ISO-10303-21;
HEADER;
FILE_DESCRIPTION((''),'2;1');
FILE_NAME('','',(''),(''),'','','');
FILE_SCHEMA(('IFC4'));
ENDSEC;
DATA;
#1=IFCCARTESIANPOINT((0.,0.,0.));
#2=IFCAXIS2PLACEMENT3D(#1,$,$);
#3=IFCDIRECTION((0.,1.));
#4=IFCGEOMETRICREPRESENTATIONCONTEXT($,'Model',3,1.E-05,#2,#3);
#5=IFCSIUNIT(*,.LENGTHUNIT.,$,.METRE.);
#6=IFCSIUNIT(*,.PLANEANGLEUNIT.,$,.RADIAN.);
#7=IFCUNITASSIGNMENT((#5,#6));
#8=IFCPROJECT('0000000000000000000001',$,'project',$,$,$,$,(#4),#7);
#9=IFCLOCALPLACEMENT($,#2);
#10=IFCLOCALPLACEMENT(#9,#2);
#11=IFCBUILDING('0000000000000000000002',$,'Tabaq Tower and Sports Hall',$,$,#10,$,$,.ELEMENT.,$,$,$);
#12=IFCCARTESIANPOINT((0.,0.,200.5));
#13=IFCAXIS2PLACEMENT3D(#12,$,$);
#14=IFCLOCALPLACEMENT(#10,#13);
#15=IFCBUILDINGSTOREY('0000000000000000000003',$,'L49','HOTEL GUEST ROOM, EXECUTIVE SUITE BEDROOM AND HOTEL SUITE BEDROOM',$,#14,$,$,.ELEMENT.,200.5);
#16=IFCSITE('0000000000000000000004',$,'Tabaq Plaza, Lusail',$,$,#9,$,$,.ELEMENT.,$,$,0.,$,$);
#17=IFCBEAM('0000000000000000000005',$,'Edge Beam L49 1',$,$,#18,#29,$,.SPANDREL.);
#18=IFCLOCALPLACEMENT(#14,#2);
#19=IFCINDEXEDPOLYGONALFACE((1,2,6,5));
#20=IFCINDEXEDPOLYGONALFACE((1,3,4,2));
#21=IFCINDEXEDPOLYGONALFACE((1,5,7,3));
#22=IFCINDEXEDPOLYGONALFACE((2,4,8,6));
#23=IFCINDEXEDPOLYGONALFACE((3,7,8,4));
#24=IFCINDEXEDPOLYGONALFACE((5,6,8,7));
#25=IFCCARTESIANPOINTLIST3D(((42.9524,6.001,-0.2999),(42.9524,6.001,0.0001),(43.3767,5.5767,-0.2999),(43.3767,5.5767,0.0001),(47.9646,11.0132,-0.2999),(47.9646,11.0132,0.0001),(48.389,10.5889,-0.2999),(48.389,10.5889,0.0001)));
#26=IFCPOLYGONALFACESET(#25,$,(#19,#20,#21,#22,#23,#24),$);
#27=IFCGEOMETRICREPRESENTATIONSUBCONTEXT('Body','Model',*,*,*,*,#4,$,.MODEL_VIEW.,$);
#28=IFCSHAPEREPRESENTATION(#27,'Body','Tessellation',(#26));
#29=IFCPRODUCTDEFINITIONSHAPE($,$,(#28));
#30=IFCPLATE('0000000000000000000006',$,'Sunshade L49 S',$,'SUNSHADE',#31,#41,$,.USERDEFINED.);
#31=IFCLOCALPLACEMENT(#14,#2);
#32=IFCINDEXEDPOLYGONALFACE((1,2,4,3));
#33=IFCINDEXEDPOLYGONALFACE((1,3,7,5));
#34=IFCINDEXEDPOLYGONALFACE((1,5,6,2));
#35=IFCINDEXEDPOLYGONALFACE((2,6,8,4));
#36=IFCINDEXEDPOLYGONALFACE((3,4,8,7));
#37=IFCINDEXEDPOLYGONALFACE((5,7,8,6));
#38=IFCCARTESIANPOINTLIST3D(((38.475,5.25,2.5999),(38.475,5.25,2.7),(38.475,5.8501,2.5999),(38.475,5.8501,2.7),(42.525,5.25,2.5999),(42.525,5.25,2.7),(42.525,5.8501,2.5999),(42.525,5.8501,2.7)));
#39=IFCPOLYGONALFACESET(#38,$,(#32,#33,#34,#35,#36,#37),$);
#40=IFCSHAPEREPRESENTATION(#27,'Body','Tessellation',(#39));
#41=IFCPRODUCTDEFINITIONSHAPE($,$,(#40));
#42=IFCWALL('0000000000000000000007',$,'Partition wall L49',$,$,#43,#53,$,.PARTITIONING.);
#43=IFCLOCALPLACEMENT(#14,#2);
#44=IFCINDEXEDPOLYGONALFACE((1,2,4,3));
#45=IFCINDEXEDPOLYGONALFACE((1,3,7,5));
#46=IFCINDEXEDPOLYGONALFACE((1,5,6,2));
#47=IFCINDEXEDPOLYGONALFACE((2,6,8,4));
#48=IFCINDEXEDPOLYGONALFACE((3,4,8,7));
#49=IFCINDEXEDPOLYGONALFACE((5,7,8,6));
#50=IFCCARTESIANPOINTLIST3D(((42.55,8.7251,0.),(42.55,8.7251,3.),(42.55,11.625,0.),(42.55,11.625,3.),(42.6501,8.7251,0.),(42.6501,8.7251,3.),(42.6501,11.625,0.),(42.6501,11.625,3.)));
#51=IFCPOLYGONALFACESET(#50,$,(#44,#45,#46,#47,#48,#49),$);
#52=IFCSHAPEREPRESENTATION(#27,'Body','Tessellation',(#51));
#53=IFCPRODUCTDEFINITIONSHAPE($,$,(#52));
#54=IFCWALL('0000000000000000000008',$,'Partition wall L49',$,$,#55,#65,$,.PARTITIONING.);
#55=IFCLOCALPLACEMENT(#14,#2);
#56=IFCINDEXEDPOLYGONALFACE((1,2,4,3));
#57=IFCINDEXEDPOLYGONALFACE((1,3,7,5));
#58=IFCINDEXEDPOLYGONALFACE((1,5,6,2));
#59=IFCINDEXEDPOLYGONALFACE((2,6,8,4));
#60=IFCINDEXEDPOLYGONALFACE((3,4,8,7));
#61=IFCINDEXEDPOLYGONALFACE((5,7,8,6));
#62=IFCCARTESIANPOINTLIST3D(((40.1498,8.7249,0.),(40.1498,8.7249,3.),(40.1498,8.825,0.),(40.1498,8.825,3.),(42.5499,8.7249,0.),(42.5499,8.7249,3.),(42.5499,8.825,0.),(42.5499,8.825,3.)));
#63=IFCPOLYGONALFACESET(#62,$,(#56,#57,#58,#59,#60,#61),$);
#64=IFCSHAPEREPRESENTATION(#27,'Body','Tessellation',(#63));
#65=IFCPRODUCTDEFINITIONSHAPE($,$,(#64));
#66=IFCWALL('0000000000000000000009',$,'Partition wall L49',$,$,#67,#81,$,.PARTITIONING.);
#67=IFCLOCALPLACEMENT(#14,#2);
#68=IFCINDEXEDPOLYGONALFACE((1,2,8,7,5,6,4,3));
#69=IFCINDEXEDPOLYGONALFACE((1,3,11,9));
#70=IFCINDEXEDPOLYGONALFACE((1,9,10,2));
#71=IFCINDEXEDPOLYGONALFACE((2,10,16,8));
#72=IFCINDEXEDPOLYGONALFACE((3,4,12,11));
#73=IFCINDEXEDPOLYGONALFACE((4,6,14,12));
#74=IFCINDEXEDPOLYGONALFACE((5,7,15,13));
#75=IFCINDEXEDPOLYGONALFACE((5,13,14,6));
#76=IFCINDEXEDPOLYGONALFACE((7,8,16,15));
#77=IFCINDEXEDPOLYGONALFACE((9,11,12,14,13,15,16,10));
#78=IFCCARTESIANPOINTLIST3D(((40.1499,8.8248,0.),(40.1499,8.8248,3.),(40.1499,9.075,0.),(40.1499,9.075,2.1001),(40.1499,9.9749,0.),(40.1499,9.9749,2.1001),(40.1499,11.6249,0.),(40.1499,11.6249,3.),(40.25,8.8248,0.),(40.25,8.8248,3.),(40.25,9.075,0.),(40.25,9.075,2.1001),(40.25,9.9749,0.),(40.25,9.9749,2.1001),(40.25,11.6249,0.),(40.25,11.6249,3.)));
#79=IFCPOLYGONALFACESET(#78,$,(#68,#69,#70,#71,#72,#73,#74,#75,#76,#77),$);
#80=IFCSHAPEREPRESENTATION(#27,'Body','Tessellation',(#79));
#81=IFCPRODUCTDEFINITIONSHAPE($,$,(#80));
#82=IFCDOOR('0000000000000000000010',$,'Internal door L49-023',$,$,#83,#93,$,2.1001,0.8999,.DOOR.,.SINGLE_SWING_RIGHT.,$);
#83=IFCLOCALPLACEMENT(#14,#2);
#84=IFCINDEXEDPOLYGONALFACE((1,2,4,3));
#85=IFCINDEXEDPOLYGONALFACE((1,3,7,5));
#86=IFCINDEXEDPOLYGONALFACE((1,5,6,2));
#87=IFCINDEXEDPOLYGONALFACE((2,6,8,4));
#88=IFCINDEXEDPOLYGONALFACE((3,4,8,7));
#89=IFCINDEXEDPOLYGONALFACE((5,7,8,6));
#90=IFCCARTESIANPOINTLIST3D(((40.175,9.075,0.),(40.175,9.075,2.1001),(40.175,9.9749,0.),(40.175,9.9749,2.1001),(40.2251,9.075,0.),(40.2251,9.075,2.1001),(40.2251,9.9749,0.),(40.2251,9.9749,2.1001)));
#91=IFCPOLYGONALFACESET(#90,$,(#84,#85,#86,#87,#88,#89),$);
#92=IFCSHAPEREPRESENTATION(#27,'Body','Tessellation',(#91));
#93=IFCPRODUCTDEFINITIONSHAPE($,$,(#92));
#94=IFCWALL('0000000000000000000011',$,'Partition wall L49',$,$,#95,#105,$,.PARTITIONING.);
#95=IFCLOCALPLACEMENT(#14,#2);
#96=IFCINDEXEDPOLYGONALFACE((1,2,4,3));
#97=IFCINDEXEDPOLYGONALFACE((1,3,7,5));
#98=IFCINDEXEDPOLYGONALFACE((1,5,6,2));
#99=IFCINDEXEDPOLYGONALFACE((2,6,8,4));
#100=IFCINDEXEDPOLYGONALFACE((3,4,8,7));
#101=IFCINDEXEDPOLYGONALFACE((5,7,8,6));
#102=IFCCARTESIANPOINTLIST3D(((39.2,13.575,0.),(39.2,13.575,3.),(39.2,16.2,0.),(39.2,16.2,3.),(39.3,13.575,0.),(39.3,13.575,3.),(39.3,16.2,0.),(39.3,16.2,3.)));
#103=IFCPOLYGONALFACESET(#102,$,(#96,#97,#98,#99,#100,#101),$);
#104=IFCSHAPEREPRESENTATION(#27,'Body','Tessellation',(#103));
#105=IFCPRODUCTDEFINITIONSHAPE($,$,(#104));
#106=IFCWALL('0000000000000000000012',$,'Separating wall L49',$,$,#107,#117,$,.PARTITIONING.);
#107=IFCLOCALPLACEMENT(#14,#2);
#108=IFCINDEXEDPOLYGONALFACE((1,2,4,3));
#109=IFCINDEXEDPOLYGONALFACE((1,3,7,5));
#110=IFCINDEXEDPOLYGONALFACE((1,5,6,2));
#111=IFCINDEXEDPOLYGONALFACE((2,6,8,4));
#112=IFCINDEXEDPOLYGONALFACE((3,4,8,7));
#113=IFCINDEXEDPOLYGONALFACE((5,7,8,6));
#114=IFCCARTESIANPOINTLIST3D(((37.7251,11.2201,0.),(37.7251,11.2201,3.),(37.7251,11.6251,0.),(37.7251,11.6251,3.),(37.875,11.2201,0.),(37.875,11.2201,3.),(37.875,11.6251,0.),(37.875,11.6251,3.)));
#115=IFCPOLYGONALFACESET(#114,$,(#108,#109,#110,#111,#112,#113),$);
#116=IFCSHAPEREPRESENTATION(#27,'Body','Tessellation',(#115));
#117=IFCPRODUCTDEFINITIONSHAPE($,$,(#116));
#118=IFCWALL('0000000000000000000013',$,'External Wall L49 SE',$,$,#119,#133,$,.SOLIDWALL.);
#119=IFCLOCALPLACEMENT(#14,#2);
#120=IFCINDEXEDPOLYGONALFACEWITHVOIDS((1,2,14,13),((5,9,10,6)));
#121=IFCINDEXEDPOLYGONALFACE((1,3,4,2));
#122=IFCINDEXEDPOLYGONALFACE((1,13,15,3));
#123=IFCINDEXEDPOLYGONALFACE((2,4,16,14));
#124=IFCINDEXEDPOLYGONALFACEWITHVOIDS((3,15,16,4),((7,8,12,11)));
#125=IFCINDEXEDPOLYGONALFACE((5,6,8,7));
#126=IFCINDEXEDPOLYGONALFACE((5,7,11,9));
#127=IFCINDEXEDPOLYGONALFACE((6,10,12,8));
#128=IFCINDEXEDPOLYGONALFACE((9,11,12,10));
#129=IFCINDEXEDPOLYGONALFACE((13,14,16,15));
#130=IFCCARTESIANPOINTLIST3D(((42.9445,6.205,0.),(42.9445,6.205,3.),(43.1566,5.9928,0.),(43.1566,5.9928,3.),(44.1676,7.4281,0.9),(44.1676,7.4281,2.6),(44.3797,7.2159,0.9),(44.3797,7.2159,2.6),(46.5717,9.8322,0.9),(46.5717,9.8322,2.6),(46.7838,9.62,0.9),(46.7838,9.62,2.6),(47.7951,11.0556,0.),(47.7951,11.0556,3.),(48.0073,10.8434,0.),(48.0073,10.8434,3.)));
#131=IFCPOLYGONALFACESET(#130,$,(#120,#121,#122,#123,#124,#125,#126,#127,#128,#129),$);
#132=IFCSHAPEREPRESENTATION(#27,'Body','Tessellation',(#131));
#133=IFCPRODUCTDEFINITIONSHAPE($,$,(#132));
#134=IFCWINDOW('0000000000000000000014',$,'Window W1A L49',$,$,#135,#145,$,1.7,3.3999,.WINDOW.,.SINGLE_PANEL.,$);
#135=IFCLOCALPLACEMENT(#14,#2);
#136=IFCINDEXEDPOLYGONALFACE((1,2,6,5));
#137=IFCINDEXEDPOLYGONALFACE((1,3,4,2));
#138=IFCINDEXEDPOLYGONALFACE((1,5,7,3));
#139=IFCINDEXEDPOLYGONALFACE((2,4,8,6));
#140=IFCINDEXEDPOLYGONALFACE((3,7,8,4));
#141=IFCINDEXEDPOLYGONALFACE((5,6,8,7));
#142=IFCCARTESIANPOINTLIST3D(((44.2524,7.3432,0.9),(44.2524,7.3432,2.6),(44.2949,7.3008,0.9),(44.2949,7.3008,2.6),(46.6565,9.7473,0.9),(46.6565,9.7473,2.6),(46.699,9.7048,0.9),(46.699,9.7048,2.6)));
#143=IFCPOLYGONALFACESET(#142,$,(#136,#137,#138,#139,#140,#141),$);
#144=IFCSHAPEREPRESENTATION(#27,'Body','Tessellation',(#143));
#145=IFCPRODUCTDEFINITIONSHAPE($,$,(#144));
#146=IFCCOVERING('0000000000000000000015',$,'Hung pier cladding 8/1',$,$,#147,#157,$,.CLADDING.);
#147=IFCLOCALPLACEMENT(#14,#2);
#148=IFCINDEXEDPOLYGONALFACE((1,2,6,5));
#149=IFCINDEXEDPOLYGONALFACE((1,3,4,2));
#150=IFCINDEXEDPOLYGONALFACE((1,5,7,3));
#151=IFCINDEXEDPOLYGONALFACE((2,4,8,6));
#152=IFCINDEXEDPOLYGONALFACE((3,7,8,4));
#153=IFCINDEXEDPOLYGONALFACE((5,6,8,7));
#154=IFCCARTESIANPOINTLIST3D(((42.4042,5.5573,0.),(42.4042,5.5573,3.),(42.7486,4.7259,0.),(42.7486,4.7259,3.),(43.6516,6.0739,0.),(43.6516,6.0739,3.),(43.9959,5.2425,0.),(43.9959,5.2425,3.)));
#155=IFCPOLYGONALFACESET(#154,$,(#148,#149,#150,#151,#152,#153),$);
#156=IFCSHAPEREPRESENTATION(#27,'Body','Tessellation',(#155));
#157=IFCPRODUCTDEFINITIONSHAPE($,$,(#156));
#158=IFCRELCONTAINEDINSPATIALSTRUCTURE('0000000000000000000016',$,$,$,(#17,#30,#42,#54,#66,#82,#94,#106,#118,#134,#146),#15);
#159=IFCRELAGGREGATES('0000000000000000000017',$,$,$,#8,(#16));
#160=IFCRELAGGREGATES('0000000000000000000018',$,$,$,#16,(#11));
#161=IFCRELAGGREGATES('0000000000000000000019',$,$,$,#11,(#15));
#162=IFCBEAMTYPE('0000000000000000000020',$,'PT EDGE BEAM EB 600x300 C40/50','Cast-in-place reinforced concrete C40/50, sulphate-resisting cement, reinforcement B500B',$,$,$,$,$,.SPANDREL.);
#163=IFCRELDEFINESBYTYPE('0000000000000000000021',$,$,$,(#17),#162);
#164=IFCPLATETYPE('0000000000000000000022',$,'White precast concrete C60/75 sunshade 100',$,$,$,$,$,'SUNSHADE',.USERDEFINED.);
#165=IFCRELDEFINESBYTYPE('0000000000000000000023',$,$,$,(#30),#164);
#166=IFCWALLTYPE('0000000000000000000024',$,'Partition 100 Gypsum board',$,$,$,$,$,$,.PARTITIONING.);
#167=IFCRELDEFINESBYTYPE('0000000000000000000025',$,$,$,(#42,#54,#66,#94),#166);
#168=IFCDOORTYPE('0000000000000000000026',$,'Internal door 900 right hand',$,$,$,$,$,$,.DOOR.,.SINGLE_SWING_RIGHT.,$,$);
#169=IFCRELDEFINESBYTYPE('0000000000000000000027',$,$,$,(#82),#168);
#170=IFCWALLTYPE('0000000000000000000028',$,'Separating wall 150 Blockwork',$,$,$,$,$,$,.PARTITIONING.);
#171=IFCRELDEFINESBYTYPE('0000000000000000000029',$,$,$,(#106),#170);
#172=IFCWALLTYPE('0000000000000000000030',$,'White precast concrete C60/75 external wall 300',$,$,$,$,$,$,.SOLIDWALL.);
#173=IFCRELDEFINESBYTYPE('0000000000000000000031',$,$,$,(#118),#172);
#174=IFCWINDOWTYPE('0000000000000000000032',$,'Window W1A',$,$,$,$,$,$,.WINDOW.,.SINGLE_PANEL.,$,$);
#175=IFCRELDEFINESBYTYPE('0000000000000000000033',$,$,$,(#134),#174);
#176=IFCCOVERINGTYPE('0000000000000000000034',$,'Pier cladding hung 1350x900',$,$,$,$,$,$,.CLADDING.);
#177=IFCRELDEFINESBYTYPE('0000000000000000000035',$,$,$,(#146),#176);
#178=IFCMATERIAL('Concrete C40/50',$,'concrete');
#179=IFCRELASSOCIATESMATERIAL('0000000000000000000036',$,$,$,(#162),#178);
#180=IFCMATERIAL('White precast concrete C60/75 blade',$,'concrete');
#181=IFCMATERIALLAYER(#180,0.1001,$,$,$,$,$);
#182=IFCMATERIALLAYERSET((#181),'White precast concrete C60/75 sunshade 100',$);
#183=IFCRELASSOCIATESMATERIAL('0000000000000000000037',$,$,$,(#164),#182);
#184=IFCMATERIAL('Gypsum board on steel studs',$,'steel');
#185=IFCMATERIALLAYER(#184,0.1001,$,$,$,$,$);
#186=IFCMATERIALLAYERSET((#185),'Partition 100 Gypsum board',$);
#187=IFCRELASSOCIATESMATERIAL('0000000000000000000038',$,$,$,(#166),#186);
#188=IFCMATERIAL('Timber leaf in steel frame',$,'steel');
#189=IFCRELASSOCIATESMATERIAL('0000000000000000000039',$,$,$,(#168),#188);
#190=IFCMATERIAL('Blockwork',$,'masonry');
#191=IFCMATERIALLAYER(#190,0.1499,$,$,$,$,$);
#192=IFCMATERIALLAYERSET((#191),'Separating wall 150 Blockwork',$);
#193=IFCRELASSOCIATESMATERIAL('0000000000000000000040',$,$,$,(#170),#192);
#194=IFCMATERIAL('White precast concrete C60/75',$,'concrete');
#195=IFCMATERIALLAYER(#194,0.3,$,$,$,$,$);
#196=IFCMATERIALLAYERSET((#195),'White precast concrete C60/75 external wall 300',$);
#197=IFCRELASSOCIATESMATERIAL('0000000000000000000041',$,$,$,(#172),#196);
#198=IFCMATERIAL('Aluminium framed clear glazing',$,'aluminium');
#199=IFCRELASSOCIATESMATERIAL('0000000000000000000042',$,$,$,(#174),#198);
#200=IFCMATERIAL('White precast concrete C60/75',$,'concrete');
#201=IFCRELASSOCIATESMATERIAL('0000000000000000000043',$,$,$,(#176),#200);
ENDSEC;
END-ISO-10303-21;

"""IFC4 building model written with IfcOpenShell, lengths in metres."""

from ifc_helpers import new_model, si_unit, direction, frame, frame_2d, origin, origin_2d, place, context, subcontext, project, spatial, rectangle, extrude, material, layer, layer_set, material_profile, profile_set, type_object, element, fill, save


model = new_model("IFC4")

# Units and contexts
model_context = context("Model", 3, precision=1e-05, world=origin(), true_north=direction((0.0, 1.0)))
body_context = subcontext(model_context, "Body", "Model", "MODEL_VIEW")
ifc_project = project(units=[si_unit("LENGTHUNIT", "METRE"), si_unit("PLANEANGLEUNIT", "RADIAN")], contexts=[model_context])

# Site, building, storey
site_placement = place(None, origin())
site = spatial("IfcSite", under=ifc_project, at=site_placement, Name="Tabaq Plaza, Lusail", CompositionType="ELEMENT", RefElevation=0.0)
building_placement = place(site_placement, origin())
building = spatial("IfcBuilding", under=site, at=building_placement, Name="Tabaq Tower and Sports Hall", CompositionType="ELEMENT")
storey_placement = place(building_placement, frame((0.0, 0.0, 200.5)))
storey = spatial("IfcBuildingStorey", under=building, at=storey_placement, Name="L49", Description="HOTEL GUEST ROOM, EXECUTIVE SUITE BEDROOM AND HOTEL SUITE BEDROOM", CompositionType="ELEMENT", Elevation=200.5)

# Beam
ifc_material_1 = material(Name="Concrete C40/50", Category="concrete")
ifc_material_profile = material_profile(ifc_material_1, rectangle(XDim=0.6001, YDim=0.3, at=origin_2d()), Name="EB 600x300")
ifc_profile_set = profile_set([ifc_material_profile], Name="Concrete C40/50")
beam_type = type_object("IfcBeamType", Name="PT EDGE BEAM EB 600x300 C40/50", Description="Cast-in-place reinforced concrete C40/50, sulphate-resisting cement, reinforcement B500B", PredefinedType="SPANDREL", material=ifc_profile_set)
beam_placement = place(storey_placement, frame((43.1646, 5.7888, -0.1499), z_axis=(0.707107, 0.707107, 0.0), x_axis=(-0.707107, 0.707107, 0.0)))
element("IfcBeam", 1, at=beam_placement, inside=storey, type_object=beam_type, Name="Edge Beam L49 1", PredefinedType="SPANDREL", context=body_context, shape_type="SweptSolid", body=[
    extrude(rectangle(XDim=0.6001, YDim=0.3, at=origin_2d()), origin(), (0.0, 0.0, 1.0), 7.0884),
])

# Plate
ifc_material_2 = material(Name="White precast concrete C60/75 blade", Category="concrete")
ifc_layer_1 = layer(ifc_material_2, 0.1001)
ifc_layer_set_1 = layer_set([ifc_layer_1], Name="White precast concrete C60/75 sunshade 100")
plate_type = type_object("IfcPlateType", Name="White precast concrete C60/75 sunshade 100", ElementType="SUNSHADE", PredefinedType="USERDEFINED", material=ifc_layer_set_1)
plate_placement = place(storey_placement, frame((40.5, 5.55, 2.5999), z_axis=(0.0, 0.0, 1.0), x_axis=(1.0, 0.0, 0.0)))
element("IfcPlate", 2, at=plate_placement, inside=storey, type_object=plate_type, Name="Sunshade L49 S", ObjectType="SUNSHADE", PredefinedType="USERDEFINED", context=body_context, shape_type="SweptSolid", body=[
    extrude(rectangle(XDim=4.05, YDim=0.6001, at=origin_2d()), origin(), (0.0, 0.0, 1.0), 0.1001),
])

# Walls
ifc_material_3 = material(Name="Gypsum board on steel studs", Category="steel")
ifc_layer_2 = layer(ifc_material_3, 0.1001)
ifc_layer_set_2 = layer_set([ifc_layer_2], Name="Partition 100 Gypsum board")
wall_type_1 = type_object("IfcWallType", Name="Partition 100 Gypsum board", PredefinedType="PARTITIONING", material=ifc_layer_set_2)
wall_1_placement = place(storey_placement, frame((42.6001, 11.625, 0.0), z_axis=(0.0, 0.0, 1.0), x_axis=(0.0, -1.0, 0.0)))
element("IfcWall", 3, at=wall_1_placement, inside=storey, type_object=wall_type_1, Name="Partition wall L49", PredefinedType="PARTITIONING", context=body_context, shape_type="SweptSolid", body=[
    extrude(rectangle(XDim=2.8999, YDim=0.1001, at=frame_2d((1.45, 0.0))), origin(), (0.0, 0.0, 1.0), 3.0),
])
wall_2_placement = place(storey_placement, frame((42.55, 8.7749, 0.0), z_axis=(0.0, 0.0, 1.0), x_axis=(-1.0, 0.0, 0.0)))
element("IfcWall", 4, at=wall_2_placement, inside=storey, type_object=wall_type_1, Name="Partition wall L49", PredefinedType="PARTITIONING", context=body_context, shape_type="SweptSolid", body=[
    extrude(rectangle(XDim=2.4001, YDim=0.1001, at=frame_2d((1.2002, 0.0))), origin(), (0.0, 0.0, 1.0), 3.0),
])

# Wall, opening, door
wall_3_placement = place(storey_placement, frame((40.2, 8.825, 0.0), z_axis=(0.0, 0.0, 1.0), x_axis=(0.0, 1.0, 0.0)))
wall_3 = element("IfcWall", 5, at=wall_3_placement, inside=storey, type_object=wall_type_1, Name="Partition wall L49", PredefinedType="PARTITIONING", context=body_context, shape_type="SweptSolid", body=[
    extrude(rectangle(XDim=2.8, YDim=0.1001, at=frame_2d((1.3999, 0.0))), origin(), (0.0, 0.0, 1.0), 3.0),
])
opening_1_placement = place(wall_3_placement, frame((0.25, 0.0, 0.0)))
opening_1 = element("IfcOpeningElement", 6, at=opening_1_placement, cuts=wall_3, PredefinedType="OPENING", context=body_context, shape_type="SweptSolid", body=[
    extrude(rectangle(XDim=0.8999, YDim=2.1001, at=frame_2d((0.45, 1.05))), frame((0.0, 0.05, 0.0), z_axis=(0.0, -1.0, 0.0), x_axis=(1.0, 0.0, 0.0)), (0.0, 0.0, 1.0), 0.1001),
])
ifc_material_4 = material(Name="Timber leaf in steel frame", Category="steel")
door_type = type_object("IfcDoorType", Name="Internal door 900 right hand", OperationType="SINGLE_SWING_RIGHT", PredefinedType="DOOR", material=ifc_material_4)
door_placement = place(opening_1_placement, origin())
door = element("IfcDoor", 7, at=door_placement, inside=storey, type_object=door_type, Name="Internal door L49-023", OperationType="SINGLE_SWING_RIGHT", OverallHeight=2.1001, OverallWidth=0.8999, PredefinedType="DOOR", context=body_context, shape_type="SweptSolid", body=[
    extrude(rectangle(XDim=0.8999, YDim=2.1001, at=frame_2d((0.45, 1.05))), frame((0.0, 0.0249, 0.0), z_axis=(0.0, -1.0, 0.0), x_axis=(1.0, 0.0, 0.0)), (0.0, 0.0, 1.0), 0.05),
])
fill(opening_1, door)

# Walls
wall_4_placement = place(storey_placement, frame((39.25, 13.575, 0.0), z_axis=(0.0, 0.0, 1.0), x_axis=(0.0, 1.0, 0.0)))
element("IfcWall", 8, at=wall_4_placement, inside=storey, type_object=wall_type_1, Name="Partition wall L49", PredefinedType="PARTITIONING", context=body_context, shape_type="SweptSolid", body=[
    extrude(rectangle(XDim=2.625, YDim=0.1001, at=frame_2d((1.3125, 0.0))), origin(), (0.0, 0.0, 1.0), 3.0),
])
ifc_material_5 = material(Name="Blockwork", Category="masonry")
ifc_layer_3 = layer(ifc_material_5, 0.1499)
ifc_layer_set_3 = layer_set([ifc_layer_3], Name="Separating wall 150 Blockwork")
wall_type_2 = type_object("IfcWallType", Name="Separating wall 150 Blockwork", PredefinedType="PARTITIONING", material=ifc_layer_set_3)
wall_5_placement = place(storey_placement, frame((37.8, 11.22, 0.0), z_axis=(0.0, 0.0, 1.0), x_axis=(0.0, 1.0, 0.0)))
element("IfcWall", 9, at=wall_5_placement, inside=storey, type_object=wall_type_2, Name="Separating wall L49", PredefinedType="PARTITIONING", context=body_context, shape_type="SweptSolid", body=[
    extrude(rectangle(XDim=0.405, YDim=0.1499, at=frame_2d((0.2026, 0.0))), origin(), (0.0, 0.0, 1.0), 3.0),
])

# Wall, opening, window
ifc_material_6 = material(Name="White precast concrete C60/75", Category="concrete")
ifc_layer_4 = layer(ifc_material_6, 0.3)
ifc_layer_set_4 = layer_set([ifc_layer_4], Name="White precast concrete C60/75 external wall 300")
wall_type_3 = type_object("IfcWallType", Name="White precast concrete C60/75 external wall 300", PredefinedType="SOLIDWALL", material=ifc_layer_set_4)
wall_6_placement = place(storey_placement, frame((43.0505, 6.0989, 0.0), z_axis=(0.0, 0.0, 1.0), x_axis=(0.707107, 0.707107, 0.0)))
wall_6 = element("IfcWall", 10, at=wall_6_placement, inside=storey, type_object=wall_type_3, Name="External Wall L49 SE", PredefinedType="SOLIDWALL", context=body_context, shape_type="SweptSolid", body=[
    extrude(rectangle(XDim=6.8599, YDim=0.3, at=frame_2d((3.4299, 0.0))), origin(), (0.0, 0.0, 1.0), 3.0),
])
opening_2_placement = place(wall_6_placement, frame((1.7297, 0.0, 0.8999)))
opening_2 = element("IfcOpeningElement", 11, at=opening_2_placement, cuts=wall_6, PredefinedType="OPENING", context=body_context, shape_type="SweptSolid", body=[
    extrude(rectangle(XDim=3.3999, YDim=1.7, at=frame_2d((1.7, 0.8501))), frame((0.0, 0.1602, 0.0), z_axis=(0.0, -1.0, 0.0), x_axis=(1.0, 0.0, 0.0)), (0.0, 0.0, 1.0), 0.3201),
])
ifc_material_7 = material(Name="Aluminium framed clear glazing", Category="aluminium")
window_type = type_object("IfcWindowType", Name="Window W1A", PartitioningType="SINGLE_PANEL", PredefinedType="WINDOW", material=ifc_material_7)
window_placement = place(opening_2_placement, origin())
window = element("IfcWindow", 12, at=window_placement, inside=storey, type_object=window_type, Name="Window W1A L49", OverallHeight=1.7, OverallWidth=3.3999, PartitioningType="SINGLE_PANEL", PredefinedType="WINDOW", context=body_context, shape_type="SweptSolid", body=[
    extrude(rectangle(XDim=3.3999, YDim=1.7, at=frame_2d((1.7, 0.8501))), frame((0.0, 0.03, 0.0), z_axis=(0.0, -1.0, 0.0), x_axis=(1.0, 0.0, 0.0)), (0.0, 0.0, 1.0), 0.0601),
])
fill(opening_2, window)

# Covering
ifc_material_8 = material(Name="White precast concrete C60/75", Category="concrete")
covering_type_1 = type_object("IfcCoveringType", Name="Pier cladding hung 1350x900", PredefinedType="CLADDING", material=ifc_material_8)
covering_1_placement = place(storey_placement, frame((42.5764, 5.1416, 0.0), z_axis=(0.0, 0.0, 1.0), x_axis=(0.923893, 0.38265, 0.0)))
element("IfcCovering", 13, at=covering_1_placement, inside=storey, type_object=covering_type_1, Name="Hung pier cladding 8/1", PredefinedType="CLADDING", context=body_context, shape_type="SweptSolid", body=[
    extrude(rectangle(XDim=1.3501, YDim=0.8999, at=frame_2d((0.675, 0.0))), origin(), (0.0, 0.0, 1.0), 3.0),
])

save(model, "model.ifc")
